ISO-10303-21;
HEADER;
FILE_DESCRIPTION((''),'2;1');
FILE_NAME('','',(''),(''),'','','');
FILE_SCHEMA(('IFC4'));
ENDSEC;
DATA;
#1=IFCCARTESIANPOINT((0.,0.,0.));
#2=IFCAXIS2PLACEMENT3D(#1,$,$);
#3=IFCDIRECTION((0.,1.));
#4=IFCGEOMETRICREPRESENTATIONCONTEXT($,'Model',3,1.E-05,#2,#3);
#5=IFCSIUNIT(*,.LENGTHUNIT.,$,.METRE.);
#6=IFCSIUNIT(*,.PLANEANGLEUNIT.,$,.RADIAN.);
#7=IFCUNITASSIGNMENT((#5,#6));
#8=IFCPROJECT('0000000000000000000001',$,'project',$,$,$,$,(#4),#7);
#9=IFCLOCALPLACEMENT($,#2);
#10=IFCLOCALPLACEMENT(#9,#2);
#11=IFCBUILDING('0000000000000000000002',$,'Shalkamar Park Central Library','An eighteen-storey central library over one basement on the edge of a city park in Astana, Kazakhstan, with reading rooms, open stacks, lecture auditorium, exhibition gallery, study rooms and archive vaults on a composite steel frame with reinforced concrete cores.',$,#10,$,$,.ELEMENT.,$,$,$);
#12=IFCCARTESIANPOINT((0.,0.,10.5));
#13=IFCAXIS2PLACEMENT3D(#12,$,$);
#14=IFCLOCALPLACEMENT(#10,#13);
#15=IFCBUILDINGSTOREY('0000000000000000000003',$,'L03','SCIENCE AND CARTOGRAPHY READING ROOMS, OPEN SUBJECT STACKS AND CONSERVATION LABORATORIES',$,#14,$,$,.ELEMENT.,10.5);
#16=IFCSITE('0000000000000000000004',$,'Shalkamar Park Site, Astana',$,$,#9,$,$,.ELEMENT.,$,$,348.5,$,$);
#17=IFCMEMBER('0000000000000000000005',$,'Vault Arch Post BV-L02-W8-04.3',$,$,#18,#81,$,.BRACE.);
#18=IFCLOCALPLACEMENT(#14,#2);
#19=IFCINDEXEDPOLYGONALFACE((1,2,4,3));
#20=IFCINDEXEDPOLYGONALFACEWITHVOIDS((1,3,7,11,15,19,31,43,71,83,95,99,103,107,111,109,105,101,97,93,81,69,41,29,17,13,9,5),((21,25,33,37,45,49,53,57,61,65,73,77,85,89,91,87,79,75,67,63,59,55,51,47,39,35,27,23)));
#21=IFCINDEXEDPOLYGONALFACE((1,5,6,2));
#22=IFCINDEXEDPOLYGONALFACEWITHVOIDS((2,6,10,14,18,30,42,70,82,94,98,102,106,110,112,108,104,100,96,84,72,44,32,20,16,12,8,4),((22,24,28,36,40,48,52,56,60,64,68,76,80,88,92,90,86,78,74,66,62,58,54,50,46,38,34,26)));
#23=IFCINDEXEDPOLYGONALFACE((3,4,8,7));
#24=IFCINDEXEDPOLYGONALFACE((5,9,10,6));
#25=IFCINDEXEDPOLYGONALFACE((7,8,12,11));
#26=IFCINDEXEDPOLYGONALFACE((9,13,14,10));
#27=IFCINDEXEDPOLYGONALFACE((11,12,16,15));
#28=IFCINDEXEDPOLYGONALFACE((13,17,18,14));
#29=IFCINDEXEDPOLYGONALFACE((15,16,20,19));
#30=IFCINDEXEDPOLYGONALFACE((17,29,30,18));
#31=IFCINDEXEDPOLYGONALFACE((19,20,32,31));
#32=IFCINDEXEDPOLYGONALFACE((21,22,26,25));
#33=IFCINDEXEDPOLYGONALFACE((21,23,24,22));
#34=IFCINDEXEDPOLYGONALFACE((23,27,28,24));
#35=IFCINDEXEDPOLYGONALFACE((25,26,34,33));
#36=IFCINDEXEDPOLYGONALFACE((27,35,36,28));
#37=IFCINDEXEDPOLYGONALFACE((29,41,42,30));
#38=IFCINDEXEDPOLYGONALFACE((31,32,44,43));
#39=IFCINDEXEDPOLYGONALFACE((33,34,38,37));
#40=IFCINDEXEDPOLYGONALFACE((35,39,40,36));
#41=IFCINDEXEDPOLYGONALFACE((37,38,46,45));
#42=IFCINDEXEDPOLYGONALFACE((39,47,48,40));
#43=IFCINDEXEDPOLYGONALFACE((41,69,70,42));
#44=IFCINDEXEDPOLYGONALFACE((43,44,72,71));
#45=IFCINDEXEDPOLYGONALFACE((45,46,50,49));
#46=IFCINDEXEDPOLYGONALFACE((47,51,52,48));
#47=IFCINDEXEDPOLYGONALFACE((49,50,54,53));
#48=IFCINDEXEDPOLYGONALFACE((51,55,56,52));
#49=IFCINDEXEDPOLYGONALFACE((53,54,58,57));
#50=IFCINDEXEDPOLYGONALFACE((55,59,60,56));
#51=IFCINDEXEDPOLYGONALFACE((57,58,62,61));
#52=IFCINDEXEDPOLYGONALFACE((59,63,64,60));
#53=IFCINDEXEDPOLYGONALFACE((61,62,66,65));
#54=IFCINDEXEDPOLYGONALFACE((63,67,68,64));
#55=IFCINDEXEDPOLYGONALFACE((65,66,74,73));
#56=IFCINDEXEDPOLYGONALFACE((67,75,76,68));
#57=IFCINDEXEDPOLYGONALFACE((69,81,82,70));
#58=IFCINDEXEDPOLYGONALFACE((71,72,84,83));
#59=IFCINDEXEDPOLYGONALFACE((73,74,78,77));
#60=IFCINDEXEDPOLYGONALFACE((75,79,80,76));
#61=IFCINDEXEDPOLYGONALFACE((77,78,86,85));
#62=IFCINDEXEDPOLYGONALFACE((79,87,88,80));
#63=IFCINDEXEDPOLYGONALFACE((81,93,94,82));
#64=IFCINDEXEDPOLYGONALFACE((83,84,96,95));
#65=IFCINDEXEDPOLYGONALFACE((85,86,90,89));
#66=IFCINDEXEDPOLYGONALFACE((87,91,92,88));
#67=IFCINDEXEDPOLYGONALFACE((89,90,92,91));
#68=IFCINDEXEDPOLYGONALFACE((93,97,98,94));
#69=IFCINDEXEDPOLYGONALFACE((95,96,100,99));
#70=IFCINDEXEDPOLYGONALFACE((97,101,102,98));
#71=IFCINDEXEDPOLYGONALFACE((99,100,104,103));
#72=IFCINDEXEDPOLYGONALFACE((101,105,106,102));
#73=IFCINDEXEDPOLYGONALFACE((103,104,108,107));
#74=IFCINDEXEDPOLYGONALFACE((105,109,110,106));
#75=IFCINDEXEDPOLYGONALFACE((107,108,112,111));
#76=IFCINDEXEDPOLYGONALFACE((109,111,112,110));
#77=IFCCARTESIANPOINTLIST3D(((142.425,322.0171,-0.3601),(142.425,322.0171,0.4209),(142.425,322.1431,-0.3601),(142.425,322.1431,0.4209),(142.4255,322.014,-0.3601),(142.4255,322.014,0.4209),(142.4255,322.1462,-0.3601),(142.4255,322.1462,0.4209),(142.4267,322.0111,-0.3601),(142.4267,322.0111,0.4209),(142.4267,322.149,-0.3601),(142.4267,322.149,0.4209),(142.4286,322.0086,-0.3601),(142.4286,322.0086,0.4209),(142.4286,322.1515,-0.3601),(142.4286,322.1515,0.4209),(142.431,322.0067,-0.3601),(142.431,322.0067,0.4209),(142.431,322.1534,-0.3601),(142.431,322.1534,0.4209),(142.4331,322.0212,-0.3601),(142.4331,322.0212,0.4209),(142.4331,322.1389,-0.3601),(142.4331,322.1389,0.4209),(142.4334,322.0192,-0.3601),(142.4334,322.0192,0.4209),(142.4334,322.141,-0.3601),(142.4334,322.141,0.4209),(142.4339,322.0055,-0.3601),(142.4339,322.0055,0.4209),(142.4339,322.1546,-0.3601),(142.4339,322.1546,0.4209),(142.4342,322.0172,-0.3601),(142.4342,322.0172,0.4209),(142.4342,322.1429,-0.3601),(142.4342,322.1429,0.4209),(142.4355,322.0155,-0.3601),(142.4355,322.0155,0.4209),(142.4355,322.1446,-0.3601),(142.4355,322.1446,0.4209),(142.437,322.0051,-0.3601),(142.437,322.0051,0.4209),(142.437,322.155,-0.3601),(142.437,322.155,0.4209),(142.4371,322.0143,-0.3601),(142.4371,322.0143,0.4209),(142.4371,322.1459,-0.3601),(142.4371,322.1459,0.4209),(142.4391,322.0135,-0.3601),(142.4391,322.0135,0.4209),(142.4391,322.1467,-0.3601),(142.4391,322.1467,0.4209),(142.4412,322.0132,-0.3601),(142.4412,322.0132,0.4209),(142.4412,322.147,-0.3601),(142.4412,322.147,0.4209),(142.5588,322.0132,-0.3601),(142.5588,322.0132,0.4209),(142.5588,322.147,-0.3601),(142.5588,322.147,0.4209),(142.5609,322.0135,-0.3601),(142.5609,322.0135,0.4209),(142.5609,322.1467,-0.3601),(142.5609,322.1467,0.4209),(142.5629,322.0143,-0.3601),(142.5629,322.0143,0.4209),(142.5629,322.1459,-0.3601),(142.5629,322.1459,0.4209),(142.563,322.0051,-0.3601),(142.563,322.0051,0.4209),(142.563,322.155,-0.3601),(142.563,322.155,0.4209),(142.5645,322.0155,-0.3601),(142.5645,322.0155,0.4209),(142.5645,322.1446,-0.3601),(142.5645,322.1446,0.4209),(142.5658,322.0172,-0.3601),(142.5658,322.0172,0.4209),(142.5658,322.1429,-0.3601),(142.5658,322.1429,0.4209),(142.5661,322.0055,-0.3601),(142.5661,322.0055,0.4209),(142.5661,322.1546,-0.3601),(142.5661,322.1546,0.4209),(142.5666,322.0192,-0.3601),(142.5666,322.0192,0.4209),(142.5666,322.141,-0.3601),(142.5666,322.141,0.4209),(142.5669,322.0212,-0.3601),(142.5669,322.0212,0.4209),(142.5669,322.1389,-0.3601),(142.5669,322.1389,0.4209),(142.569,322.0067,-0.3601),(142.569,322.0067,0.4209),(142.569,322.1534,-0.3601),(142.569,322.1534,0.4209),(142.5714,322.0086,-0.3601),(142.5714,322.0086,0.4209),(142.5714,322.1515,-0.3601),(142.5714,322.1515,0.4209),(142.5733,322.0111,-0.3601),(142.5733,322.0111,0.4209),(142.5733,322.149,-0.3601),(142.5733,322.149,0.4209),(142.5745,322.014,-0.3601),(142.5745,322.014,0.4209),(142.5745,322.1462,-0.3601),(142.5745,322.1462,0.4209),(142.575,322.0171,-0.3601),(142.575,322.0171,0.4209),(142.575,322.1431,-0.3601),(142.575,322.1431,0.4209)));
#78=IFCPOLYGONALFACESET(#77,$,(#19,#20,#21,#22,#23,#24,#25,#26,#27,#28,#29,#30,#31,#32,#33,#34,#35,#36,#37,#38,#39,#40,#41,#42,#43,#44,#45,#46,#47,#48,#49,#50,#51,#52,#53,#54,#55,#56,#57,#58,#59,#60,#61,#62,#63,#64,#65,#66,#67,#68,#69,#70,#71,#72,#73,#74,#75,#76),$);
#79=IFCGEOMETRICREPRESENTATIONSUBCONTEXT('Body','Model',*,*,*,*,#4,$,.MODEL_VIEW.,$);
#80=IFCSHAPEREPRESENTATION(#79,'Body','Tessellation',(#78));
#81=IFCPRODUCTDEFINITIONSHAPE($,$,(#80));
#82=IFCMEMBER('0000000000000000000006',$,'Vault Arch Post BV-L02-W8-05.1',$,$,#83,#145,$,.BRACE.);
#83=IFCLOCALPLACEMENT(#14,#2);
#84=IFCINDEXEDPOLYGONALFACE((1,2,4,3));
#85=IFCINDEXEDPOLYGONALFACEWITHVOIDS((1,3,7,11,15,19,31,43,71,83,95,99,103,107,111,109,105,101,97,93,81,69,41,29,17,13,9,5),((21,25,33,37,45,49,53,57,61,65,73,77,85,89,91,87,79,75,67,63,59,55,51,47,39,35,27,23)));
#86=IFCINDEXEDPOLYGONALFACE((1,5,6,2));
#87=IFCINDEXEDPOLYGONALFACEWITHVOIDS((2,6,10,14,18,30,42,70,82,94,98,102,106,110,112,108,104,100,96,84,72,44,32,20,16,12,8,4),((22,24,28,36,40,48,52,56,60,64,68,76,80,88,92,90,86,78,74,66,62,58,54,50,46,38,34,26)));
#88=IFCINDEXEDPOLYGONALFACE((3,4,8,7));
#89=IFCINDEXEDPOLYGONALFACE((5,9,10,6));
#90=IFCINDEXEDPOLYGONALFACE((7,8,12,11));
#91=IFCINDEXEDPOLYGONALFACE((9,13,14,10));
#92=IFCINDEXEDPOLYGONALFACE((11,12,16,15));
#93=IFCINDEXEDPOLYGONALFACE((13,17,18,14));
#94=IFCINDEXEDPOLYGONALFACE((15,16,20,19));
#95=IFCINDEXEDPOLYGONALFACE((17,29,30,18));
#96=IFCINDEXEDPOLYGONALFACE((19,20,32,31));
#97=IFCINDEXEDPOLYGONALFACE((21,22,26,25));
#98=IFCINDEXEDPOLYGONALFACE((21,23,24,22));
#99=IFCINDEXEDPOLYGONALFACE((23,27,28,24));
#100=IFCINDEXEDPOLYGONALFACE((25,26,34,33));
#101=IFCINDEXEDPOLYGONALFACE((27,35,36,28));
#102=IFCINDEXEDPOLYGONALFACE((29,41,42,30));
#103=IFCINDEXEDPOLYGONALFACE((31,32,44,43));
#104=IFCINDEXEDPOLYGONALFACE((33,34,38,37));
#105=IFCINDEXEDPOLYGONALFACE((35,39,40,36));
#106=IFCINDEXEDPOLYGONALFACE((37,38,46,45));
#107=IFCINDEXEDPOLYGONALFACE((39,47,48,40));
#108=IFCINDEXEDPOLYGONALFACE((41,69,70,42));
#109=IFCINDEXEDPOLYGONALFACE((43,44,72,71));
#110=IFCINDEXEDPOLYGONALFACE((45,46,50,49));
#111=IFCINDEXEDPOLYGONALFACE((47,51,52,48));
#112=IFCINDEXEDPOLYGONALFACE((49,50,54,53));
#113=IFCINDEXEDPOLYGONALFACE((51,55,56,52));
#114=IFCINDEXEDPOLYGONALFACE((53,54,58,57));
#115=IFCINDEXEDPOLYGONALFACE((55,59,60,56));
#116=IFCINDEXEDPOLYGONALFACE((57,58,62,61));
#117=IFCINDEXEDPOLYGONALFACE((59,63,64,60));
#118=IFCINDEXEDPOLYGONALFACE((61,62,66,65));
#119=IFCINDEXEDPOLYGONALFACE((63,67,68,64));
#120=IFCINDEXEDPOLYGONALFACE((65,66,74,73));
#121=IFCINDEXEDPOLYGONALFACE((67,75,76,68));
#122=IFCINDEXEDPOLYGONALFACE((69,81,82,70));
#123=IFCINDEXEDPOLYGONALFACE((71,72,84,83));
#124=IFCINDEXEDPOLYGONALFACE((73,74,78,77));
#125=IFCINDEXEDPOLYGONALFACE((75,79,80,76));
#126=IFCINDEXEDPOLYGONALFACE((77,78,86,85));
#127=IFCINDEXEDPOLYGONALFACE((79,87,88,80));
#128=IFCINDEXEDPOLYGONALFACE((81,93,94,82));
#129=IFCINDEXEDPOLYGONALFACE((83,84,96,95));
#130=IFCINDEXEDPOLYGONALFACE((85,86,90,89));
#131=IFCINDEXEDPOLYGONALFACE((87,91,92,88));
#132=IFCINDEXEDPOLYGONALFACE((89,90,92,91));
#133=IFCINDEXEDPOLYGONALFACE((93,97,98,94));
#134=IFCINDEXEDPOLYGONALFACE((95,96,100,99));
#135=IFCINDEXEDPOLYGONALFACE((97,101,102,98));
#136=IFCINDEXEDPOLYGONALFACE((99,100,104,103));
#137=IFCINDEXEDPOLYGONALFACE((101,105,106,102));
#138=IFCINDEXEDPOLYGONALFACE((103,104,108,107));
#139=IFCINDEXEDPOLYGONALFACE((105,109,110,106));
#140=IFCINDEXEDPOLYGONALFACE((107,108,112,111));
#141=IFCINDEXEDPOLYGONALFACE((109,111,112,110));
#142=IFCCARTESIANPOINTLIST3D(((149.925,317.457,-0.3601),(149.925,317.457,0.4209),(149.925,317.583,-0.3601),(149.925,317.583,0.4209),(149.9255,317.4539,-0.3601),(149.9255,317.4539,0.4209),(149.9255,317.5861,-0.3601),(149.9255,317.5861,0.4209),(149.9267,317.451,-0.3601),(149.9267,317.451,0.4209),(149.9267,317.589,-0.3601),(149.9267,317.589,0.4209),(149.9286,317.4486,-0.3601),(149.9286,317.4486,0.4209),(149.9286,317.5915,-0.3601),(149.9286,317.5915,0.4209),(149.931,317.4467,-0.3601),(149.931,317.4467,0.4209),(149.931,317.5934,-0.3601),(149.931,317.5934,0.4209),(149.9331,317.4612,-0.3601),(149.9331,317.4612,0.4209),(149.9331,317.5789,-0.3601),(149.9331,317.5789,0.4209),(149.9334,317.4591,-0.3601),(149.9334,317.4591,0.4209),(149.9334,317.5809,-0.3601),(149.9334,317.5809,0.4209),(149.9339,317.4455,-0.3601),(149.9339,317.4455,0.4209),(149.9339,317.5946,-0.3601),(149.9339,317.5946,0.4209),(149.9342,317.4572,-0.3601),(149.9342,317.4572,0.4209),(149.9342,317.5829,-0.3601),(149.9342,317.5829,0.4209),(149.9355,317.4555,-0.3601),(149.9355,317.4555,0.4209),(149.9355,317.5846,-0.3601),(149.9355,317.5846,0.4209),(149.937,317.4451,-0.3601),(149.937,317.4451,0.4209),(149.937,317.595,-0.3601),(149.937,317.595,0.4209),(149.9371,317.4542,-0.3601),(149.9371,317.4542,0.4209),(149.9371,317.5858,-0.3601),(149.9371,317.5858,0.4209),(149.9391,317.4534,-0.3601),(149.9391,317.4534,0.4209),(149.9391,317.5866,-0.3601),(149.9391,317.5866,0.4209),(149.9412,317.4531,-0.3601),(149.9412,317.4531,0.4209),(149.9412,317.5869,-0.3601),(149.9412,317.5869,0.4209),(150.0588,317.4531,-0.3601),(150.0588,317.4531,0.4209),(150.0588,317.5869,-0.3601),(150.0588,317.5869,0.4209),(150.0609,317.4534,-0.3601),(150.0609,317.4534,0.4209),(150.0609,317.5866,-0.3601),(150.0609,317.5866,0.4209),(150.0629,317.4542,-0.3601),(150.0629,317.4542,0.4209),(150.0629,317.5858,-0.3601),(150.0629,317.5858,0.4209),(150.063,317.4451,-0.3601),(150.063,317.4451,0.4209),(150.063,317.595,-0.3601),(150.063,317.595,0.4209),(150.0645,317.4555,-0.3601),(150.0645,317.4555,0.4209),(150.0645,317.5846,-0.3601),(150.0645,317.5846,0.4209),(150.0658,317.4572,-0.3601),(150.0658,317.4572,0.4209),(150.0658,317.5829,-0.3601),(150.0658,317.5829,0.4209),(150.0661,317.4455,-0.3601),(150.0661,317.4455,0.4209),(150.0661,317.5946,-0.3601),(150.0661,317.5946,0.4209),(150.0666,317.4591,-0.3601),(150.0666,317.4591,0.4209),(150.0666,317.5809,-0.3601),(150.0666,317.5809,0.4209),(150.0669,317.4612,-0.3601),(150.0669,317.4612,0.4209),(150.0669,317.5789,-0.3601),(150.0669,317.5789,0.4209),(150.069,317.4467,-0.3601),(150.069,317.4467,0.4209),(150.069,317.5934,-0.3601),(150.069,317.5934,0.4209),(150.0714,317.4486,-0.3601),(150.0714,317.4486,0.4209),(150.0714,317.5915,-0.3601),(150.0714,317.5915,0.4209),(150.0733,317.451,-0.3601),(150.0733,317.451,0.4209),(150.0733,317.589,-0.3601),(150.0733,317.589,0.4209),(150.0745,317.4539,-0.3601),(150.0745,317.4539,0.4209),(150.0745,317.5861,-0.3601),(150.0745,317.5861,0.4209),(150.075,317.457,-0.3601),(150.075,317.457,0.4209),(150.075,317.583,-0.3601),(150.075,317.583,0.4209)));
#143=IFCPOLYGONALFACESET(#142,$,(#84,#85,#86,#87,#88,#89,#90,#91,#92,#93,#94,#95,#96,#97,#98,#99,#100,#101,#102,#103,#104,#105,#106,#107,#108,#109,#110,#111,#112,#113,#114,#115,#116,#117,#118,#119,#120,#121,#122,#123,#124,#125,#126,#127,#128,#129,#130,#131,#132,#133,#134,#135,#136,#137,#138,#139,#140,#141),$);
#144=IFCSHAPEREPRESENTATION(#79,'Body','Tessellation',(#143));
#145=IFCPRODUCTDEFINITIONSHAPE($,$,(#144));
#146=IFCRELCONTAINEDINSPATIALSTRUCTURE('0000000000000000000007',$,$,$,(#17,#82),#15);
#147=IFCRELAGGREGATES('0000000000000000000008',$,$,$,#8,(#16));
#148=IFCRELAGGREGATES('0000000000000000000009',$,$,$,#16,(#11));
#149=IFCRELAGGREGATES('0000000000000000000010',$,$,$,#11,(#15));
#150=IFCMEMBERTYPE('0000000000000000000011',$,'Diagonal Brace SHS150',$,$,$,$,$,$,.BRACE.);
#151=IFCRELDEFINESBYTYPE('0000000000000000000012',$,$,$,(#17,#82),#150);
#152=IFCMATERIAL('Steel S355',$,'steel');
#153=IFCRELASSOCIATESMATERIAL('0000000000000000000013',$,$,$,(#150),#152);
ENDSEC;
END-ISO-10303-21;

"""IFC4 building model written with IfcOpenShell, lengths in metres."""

from ifc_helpers import new_model, si_unit, direction, frame, origin, origin_2d, place, context, subcontext, project, spatial, hollow_rectangle, extrude, material, material_profile, profile_set, type_object, element, save


model = new_model("IFC4")

# Units and contexts
model_context = context("Model", 3, precision=1e-05, world=origin(), true_north=direction((0.0, 1.0)))
body_context = subcontext(model_context, "Body", "Model", "MODEL_VIEW")
ifc_project = project(units=[si_unit("LENGTHUNIT", "METRE"), si_unit("PLANEANGLEUNIT", "RADIAN")], contexts=[model_context])

# Site, building, storey
site_placement = place(None, origin())
site = spatial("IfcSite", under=ifc_project, at=site_placement, Name="Shalkamar Park Site, Astana", CompositionType="ELEMENT", RefElevation=348.5)
building_placement = place(site_placement, origin())
building = spatial("IfcBuilding", under=site, at=building_placement, Name="Shalkamar Park Central Library", Description="An eighteen-storey central library over one basement on the edge of a city park in Astana, Kazakhstan, with reading rooms, open stacks, lecture auditorium, exhibition gallery, study rooms and archive vaults on a composite steel frame with reinforced concrete cores.", CompositionType="ELEMENT")
storey_placement = place(building_placement, frame((0.0, 0.0, 10.5)))
storey = spatial("IfcBuildingStorey", under=building, at=storey_placement, Name="L03", Description="SCIENCE AND CARTOGRAPHY READING ROOMS, OPEN SUBJECT STACKS AND CONSERVATION LABORATORIES", CompositionType="ELEMENT", Elevation=10.5)

# Members
ifc_material_1 = material(Name="Steel S355", Category="steel")
ifc_material_profile_1 = material_profile(ifc_material_1, hollow_rectangle(XDim=0.1499, YDim=0.1499, WallThickness=0.0081, InnerFilletRadius=0.0081, OuterFilletRadius=0.012, at=origin_2d()), Name="SHS 150x150x8")
ifc_profile_set_1 = profile_set([ifc_material_profile_1], Name="Steel S355")
member_type_1 = type_object("IfcMemberType", Name="Diagonal Brace SHS150", PredefinedType="BRACE", material=ifc_profile_set_1)
for number, where, z_axis, x_axis, name in (
    (1, (142.5, 322.0801, -0.3601), (0.0, 0.0, 1.0), (1.0, 0.0, 0.0), "Vault Arch Post BV-L02-W8-04.3"),
    (2, (150.0, 317.52, -0.3601), (0.0, 0.0, 1.0), (1.0, 0.0, 0.0), "Vault Arch Post BV-L02-W8-05.1"),
):
    element("IfcMember", number, at=place(storey_placement, frame(where, z_axis=z_axis, x_axis=x_axis)), inside=storey, type_object=member_type_1, Name=name, PredefinedType="BRACE", context=body_context, shape_type="SweptSolid", body=[
        extrude(hollow_rectangle(XDim=0.1499, YDim=0.1499, WallThickness=0.0081, InnerFilletRadius=0.0081, OuterFilletRadius=0.012, at=origin_2d()), origin(), (0.0, 0.0, 1.0), 0.781),
    ])

save(model, "model.ifc")
